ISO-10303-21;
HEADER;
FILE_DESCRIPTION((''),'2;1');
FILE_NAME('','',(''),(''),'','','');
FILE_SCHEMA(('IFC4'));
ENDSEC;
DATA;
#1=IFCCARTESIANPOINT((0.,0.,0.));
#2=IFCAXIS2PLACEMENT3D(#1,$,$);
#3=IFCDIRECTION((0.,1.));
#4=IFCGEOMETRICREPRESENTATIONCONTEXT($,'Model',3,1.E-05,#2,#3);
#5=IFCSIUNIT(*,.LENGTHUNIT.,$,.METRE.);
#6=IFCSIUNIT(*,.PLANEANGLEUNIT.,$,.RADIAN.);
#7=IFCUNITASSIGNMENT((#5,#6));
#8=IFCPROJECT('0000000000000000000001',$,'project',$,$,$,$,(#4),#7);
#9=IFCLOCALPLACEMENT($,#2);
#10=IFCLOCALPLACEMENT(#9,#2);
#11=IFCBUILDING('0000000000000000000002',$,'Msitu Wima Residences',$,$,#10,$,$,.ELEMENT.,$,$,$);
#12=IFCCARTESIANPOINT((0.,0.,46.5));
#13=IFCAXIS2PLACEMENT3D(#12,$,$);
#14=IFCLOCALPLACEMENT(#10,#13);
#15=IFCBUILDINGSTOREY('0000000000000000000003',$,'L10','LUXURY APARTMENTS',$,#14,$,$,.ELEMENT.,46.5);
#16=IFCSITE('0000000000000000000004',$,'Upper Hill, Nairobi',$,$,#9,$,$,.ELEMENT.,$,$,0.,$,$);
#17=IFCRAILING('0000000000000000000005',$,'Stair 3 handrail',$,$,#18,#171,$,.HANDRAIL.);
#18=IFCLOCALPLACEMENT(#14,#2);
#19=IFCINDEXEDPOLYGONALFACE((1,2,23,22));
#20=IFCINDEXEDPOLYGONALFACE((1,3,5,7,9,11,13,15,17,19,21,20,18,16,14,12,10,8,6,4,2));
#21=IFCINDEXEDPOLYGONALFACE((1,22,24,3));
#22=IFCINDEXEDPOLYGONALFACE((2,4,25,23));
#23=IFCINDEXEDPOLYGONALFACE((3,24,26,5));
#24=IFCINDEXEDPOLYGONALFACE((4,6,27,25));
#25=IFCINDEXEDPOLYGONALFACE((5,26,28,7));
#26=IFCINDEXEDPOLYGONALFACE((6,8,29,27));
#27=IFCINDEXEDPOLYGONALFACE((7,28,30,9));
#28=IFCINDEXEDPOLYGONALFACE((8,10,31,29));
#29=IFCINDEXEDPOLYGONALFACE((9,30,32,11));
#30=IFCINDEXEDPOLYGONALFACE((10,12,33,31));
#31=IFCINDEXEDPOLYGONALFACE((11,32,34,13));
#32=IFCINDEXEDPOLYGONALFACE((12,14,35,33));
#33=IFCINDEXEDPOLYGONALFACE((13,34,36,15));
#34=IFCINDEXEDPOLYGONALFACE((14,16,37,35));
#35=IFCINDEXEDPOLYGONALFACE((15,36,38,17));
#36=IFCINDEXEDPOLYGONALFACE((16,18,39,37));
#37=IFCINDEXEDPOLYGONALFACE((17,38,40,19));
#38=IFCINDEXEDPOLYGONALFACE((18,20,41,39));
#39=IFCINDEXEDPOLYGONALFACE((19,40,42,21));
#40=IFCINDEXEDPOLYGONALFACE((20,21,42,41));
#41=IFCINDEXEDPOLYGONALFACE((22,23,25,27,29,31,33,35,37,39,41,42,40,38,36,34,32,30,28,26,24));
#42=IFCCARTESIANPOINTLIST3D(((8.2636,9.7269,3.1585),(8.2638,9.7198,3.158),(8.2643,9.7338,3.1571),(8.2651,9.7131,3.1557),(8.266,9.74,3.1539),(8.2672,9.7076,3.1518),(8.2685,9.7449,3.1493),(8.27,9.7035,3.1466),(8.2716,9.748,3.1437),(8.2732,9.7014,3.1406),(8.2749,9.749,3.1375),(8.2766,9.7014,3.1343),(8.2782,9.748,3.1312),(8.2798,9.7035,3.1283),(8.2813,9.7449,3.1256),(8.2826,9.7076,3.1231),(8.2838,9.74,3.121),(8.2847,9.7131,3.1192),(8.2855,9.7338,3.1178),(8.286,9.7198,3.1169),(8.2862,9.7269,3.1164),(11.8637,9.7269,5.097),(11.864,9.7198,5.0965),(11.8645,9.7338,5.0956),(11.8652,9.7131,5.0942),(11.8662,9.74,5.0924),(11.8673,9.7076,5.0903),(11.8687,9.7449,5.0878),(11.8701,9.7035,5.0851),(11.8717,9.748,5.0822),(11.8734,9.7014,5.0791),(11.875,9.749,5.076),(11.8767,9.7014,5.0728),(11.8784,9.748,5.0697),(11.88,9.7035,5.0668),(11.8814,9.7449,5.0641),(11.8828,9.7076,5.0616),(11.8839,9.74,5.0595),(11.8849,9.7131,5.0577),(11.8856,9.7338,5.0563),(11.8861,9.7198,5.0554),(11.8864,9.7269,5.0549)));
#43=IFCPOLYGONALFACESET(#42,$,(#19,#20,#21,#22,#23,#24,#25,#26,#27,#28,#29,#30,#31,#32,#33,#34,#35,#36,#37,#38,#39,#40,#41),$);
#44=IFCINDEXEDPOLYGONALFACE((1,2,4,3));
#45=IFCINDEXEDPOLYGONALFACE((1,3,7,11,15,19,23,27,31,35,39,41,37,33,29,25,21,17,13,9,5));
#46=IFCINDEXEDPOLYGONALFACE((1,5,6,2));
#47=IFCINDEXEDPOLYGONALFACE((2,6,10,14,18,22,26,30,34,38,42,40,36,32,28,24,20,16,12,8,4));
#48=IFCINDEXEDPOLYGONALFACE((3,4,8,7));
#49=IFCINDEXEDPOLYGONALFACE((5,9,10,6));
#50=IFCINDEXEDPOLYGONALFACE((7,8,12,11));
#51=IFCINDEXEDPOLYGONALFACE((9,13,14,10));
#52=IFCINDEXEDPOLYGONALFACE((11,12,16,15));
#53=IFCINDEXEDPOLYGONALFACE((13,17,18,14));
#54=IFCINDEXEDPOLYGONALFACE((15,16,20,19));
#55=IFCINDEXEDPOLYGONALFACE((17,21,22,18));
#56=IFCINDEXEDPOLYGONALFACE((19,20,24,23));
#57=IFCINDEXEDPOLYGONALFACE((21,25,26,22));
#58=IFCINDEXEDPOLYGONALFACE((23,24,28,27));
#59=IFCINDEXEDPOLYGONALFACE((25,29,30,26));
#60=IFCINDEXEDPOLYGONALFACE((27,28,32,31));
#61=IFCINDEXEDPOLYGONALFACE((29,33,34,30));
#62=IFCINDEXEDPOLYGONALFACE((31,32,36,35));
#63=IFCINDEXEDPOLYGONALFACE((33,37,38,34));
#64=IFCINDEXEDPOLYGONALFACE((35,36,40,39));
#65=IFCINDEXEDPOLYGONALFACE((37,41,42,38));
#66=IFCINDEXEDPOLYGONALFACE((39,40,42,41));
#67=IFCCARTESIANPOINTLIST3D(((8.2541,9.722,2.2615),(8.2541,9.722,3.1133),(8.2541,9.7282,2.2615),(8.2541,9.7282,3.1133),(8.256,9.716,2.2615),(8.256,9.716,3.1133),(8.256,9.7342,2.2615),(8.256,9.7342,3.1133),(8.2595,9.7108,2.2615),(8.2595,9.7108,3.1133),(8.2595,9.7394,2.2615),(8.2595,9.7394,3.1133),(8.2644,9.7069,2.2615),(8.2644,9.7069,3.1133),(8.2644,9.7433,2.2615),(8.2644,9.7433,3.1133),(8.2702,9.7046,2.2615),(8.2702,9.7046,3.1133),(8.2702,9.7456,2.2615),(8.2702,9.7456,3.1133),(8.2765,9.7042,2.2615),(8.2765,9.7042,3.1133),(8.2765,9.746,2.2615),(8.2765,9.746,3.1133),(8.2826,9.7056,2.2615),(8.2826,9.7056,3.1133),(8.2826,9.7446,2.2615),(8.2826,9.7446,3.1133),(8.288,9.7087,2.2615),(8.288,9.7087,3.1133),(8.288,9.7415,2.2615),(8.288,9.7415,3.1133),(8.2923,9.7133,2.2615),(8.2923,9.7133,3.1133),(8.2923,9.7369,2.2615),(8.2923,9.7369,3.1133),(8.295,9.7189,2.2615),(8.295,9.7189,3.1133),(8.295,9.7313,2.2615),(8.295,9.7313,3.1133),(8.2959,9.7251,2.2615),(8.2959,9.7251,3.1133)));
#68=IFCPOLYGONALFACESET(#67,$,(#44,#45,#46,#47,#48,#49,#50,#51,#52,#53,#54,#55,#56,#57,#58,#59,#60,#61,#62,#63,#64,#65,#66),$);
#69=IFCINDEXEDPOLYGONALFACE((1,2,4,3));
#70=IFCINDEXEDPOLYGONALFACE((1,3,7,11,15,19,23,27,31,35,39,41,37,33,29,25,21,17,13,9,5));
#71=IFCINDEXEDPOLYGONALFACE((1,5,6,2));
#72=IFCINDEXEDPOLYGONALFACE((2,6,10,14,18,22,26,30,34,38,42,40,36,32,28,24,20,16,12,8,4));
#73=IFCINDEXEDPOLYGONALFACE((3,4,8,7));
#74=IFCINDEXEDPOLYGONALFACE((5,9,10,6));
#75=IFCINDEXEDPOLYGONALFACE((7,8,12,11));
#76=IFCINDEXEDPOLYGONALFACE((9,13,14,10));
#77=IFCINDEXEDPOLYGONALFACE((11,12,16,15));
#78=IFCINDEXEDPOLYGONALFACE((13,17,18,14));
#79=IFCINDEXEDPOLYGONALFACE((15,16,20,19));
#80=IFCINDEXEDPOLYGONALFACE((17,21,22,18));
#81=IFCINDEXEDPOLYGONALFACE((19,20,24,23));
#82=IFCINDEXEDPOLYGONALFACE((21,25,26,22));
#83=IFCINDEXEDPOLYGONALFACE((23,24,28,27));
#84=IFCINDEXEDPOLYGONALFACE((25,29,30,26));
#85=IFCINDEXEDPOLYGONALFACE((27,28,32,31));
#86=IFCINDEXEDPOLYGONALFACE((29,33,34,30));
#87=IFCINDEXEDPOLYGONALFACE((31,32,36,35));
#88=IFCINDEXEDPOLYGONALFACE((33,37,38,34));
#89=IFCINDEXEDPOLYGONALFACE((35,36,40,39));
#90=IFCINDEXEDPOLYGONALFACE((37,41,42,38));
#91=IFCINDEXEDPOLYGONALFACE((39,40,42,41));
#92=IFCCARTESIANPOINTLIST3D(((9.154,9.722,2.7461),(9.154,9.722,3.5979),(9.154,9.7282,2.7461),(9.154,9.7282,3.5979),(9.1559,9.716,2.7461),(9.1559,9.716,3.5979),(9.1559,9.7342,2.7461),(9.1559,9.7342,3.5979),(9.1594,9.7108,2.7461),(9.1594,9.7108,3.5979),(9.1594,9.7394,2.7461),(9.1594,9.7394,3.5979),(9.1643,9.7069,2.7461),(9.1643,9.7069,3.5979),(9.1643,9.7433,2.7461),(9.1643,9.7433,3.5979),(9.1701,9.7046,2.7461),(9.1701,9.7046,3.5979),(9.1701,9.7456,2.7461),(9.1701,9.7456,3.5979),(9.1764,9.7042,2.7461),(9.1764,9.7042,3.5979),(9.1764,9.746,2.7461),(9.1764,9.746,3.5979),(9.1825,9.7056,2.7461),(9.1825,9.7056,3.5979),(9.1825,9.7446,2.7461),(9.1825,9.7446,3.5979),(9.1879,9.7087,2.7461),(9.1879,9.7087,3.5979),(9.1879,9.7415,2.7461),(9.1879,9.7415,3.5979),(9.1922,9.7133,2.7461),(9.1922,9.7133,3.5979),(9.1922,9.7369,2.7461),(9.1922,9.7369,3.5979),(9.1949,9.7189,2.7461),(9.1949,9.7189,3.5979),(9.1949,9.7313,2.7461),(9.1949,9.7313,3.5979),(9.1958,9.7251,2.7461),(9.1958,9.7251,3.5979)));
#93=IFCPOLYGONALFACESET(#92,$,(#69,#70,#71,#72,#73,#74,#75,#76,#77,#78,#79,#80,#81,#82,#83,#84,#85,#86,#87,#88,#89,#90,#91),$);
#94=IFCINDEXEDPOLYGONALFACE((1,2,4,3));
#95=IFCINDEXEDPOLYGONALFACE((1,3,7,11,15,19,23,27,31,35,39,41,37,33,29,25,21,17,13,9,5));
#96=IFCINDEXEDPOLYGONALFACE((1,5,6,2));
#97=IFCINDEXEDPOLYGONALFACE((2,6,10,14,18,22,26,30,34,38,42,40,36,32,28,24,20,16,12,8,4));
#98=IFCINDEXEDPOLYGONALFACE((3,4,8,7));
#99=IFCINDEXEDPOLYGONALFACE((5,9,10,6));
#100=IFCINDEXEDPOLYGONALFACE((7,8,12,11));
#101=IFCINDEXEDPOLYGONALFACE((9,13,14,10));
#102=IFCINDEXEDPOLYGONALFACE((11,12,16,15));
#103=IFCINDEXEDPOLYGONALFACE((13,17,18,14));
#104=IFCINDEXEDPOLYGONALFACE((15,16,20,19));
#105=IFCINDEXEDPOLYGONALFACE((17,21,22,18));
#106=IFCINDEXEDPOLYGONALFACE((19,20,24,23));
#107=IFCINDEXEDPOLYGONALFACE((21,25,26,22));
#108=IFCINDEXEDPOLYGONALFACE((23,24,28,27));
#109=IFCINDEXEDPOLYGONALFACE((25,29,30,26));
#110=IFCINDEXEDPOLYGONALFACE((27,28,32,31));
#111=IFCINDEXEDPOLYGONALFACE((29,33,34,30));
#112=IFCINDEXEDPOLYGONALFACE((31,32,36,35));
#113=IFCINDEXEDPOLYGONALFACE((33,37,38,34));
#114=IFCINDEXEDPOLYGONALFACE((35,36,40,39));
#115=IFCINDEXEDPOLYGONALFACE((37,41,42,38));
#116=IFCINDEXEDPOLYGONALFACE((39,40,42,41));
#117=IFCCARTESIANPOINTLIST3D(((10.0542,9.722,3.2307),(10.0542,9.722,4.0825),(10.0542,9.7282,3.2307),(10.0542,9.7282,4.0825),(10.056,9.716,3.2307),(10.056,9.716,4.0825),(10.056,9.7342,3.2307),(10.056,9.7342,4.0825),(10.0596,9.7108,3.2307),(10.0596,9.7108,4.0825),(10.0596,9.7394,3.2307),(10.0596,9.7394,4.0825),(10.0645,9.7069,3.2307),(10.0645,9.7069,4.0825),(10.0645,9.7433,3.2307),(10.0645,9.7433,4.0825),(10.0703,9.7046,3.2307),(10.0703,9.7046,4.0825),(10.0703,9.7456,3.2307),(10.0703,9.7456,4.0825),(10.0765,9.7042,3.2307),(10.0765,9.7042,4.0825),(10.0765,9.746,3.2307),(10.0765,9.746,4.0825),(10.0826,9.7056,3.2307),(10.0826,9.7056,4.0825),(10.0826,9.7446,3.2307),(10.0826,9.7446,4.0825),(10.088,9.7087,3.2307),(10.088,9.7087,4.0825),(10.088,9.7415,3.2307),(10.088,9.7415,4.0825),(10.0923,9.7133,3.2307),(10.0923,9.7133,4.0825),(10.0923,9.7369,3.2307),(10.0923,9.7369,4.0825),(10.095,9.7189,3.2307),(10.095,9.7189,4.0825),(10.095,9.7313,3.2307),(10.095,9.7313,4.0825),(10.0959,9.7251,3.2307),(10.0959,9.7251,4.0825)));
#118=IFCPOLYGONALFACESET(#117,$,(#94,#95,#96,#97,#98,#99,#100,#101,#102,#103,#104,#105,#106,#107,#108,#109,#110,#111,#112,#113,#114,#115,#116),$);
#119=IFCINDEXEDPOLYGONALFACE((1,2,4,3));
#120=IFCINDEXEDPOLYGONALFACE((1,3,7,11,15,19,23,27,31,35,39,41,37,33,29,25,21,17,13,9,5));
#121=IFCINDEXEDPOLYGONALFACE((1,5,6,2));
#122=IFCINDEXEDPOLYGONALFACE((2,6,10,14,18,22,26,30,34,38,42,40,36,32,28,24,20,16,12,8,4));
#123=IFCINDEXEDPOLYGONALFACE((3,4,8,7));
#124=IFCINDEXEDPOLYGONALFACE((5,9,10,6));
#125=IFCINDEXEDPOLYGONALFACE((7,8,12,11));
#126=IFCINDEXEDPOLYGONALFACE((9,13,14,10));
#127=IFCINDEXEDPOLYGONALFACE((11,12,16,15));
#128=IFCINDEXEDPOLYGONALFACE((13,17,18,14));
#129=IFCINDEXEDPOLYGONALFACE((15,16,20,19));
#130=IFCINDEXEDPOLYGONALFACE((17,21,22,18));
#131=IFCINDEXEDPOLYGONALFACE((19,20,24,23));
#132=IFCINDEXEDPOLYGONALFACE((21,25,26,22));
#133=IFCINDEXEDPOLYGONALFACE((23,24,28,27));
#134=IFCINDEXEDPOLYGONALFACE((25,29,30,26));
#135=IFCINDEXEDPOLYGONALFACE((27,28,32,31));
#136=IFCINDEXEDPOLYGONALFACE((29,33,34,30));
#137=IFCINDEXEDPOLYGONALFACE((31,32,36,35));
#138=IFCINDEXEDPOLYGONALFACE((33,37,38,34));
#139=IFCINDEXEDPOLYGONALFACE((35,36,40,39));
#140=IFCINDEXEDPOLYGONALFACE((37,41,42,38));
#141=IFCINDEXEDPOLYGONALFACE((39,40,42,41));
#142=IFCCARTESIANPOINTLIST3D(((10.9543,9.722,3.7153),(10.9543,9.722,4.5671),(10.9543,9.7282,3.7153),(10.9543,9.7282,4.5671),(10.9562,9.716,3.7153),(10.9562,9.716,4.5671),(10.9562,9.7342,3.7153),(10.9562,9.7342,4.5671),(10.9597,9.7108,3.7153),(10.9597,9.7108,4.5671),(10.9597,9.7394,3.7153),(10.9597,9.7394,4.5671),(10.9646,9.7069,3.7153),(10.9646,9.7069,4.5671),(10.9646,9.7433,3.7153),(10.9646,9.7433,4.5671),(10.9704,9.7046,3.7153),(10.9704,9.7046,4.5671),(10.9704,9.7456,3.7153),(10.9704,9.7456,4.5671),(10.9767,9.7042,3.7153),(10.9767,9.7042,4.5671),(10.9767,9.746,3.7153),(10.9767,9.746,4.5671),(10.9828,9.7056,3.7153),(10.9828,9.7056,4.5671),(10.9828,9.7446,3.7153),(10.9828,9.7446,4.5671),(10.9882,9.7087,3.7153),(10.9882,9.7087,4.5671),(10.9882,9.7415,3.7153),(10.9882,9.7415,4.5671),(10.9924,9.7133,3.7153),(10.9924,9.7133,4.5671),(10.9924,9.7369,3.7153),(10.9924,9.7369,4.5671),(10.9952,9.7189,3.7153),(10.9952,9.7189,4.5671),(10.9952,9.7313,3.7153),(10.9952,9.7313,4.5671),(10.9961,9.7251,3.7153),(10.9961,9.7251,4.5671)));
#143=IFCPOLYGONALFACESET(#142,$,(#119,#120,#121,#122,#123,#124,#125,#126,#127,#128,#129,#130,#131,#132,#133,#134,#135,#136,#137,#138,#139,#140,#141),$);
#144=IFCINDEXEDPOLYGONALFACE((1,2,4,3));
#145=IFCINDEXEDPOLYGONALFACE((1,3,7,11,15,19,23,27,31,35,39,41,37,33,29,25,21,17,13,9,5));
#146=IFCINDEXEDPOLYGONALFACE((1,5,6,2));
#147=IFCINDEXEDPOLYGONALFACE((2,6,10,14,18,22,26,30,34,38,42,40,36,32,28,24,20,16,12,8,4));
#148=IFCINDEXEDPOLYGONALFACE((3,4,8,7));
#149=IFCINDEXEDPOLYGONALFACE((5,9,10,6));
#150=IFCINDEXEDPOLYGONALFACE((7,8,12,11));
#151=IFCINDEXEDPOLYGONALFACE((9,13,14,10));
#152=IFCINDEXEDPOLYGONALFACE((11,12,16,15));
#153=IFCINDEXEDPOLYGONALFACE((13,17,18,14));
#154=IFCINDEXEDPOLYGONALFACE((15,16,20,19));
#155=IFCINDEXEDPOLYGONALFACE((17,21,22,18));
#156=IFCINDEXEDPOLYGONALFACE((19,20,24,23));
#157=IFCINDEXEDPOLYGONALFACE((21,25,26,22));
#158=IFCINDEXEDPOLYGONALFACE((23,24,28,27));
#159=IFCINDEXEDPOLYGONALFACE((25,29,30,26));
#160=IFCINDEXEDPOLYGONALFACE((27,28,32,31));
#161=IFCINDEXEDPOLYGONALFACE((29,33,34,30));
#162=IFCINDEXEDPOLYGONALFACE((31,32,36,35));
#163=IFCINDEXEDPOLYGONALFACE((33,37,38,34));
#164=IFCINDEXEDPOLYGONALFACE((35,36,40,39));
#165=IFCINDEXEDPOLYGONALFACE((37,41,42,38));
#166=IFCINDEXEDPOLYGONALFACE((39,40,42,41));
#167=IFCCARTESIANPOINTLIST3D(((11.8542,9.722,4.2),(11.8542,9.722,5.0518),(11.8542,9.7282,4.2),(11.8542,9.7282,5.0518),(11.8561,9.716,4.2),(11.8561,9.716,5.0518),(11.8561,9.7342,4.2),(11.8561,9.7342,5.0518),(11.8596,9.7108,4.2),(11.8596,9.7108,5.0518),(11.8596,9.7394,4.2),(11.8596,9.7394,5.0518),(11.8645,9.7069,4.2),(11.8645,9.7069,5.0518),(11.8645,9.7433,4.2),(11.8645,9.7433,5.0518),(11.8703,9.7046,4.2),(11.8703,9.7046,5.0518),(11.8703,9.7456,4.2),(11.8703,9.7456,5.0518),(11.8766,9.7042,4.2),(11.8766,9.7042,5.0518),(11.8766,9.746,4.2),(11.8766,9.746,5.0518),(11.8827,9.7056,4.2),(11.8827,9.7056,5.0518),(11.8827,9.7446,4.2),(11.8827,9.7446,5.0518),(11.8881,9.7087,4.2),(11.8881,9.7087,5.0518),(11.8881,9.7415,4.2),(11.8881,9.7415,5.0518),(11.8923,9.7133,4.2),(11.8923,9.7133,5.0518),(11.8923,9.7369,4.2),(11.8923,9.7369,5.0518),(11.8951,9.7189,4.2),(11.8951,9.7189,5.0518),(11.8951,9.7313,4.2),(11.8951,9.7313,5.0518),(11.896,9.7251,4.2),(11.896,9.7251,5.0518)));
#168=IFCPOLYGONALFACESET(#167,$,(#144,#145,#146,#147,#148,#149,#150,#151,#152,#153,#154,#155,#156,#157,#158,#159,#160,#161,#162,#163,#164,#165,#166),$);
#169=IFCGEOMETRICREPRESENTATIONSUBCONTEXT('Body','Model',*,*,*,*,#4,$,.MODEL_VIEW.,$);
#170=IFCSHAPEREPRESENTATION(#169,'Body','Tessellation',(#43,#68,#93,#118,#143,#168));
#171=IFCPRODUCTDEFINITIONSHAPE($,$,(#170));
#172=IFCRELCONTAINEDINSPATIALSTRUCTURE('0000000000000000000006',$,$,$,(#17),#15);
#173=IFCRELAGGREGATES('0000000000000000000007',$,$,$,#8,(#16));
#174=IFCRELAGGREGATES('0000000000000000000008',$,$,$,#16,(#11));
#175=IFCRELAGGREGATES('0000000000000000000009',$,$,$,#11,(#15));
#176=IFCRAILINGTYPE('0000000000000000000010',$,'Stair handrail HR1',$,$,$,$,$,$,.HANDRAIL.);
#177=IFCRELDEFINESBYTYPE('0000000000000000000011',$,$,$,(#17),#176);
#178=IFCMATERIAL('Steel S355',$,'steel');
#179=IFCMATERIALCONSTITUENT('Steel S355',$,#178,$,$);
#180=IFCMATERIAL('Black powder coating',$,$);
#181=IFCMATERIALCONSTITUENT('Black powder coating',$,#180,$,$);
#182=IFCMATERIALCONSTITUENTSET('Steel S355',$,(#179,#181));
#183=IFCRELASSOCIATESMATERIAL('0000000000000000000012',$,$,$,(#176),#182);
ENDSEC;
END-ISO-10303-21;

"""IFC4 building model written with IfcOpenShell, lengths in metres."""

from ifc_helpers import new_model, si_unit, direction, frame, origin, origin_2d, place, context, subcontext, project, spatial, circle, extrude, material, constituent, constituent_set, type_object, element, save


model = new_model("IFC4")

# Units and contexts
model_context = context("Model", 3, precision=1e-05, world=origin(), true_north=direction((0.0, 1.0)))
body_context = subcontext(model_context, "Body", "Model", "MODEL_VIEW")
ifc_project = project(units=[si_unit("LENGTHUNIT", "METRE"), si_unit("PLANEANGLEUNIT", "RADIAN")], contexts=[model_context])

# Site, building, storey
site_placement = place(None, origin())
site = spatial("IfcSite", under=ifc_project, at=site_placement, Name="Upper Hill, Nairobi", CompositionType="ELEMENT", RefElevation=0.0)
building_placement = place(site_placement, origin())
building = spatial("IfcBuilding", under=site, at=building_placement, Name="Msitu Wima Residences", CompositionType="ELEMENT")
storey_placement = place(building_placement, frame((0.0, 0.0, 46.5)))
storey = spatial("IfcBuildingStorey", under=building, at=storey_placement, Name="L10", Description="LUXURY APARTMENTS", CompositionType="ELEMENT", Elevation=46.5)

# Railing
ifc_material_1 = material(Name="Steel S355", Category="steel")
ifc_constituent_1 = constituent(ifc_material_1, Name="Steel S355")
ifc_material_2 = material(Name="Black powder coating")
ifc_constituent_2 = constituent(ifc_material_2, Name="Black powder coating")
ifc_constituent_set = constituent_set(constituents=[ifc_constituent_1, ifc_constituent_2], Name="Steel S355")
railing_type = type_object("IfcRailingType", Name="Stair handrail HR1", PredefinedType="HANDRAIL", material=ifc_constituent_set)
for number, where, name in (
    (1, (8.2749, 9.7251, 2.2615), "Stair 3 handrail"),
):
    element("IfcRailing", number, at=place(storey_placement, frame(where)), inside=storey, type_object=railing_type, Name=name, PredefinedType="HANDRAIL", context=body_context, shape_type="SweptSolid", body=[
        extrude(circle(Radius=0.0239, at=origin_2d()), frame((0.0, 0.0, 0.876), z_axis=(0.880475, 0.0, 0.474093), x_axis=(0.0, 1.0, 0.0)), (0.0, 0.0, 1.0), 4.0889),
        extrude(circle(Radius=0.021, at=origin_2d()), origin(), (0.0, 0.0, 1.0), 0.8518),
        extrude(circle(Radius=0.021, at=origin_2d()), frame((0.8999, 0.0, 0.4846)), (0.0, 0.0, 1.0), 0.8518),
        extrude(circle(Radius=0.021, at=origin_2d()), frame((1.8, 0.0, 0.9692)), (0.0, 0.0, 1.0), 0.8518),
        extrude(circle(Radius=0.021, at=origin_2d()), frame((2.7002, 0.0, 1.4539)), (0.0, 0.0, 1.0), 0.8518),
        extrude(circle(Radius=0.021, at=origin_2d()), frame((3.6001, 0.0, 1.9385)), (0.0, 0.0, 1.0), 0.8518),
    ])

save(model, "model.ifc")
